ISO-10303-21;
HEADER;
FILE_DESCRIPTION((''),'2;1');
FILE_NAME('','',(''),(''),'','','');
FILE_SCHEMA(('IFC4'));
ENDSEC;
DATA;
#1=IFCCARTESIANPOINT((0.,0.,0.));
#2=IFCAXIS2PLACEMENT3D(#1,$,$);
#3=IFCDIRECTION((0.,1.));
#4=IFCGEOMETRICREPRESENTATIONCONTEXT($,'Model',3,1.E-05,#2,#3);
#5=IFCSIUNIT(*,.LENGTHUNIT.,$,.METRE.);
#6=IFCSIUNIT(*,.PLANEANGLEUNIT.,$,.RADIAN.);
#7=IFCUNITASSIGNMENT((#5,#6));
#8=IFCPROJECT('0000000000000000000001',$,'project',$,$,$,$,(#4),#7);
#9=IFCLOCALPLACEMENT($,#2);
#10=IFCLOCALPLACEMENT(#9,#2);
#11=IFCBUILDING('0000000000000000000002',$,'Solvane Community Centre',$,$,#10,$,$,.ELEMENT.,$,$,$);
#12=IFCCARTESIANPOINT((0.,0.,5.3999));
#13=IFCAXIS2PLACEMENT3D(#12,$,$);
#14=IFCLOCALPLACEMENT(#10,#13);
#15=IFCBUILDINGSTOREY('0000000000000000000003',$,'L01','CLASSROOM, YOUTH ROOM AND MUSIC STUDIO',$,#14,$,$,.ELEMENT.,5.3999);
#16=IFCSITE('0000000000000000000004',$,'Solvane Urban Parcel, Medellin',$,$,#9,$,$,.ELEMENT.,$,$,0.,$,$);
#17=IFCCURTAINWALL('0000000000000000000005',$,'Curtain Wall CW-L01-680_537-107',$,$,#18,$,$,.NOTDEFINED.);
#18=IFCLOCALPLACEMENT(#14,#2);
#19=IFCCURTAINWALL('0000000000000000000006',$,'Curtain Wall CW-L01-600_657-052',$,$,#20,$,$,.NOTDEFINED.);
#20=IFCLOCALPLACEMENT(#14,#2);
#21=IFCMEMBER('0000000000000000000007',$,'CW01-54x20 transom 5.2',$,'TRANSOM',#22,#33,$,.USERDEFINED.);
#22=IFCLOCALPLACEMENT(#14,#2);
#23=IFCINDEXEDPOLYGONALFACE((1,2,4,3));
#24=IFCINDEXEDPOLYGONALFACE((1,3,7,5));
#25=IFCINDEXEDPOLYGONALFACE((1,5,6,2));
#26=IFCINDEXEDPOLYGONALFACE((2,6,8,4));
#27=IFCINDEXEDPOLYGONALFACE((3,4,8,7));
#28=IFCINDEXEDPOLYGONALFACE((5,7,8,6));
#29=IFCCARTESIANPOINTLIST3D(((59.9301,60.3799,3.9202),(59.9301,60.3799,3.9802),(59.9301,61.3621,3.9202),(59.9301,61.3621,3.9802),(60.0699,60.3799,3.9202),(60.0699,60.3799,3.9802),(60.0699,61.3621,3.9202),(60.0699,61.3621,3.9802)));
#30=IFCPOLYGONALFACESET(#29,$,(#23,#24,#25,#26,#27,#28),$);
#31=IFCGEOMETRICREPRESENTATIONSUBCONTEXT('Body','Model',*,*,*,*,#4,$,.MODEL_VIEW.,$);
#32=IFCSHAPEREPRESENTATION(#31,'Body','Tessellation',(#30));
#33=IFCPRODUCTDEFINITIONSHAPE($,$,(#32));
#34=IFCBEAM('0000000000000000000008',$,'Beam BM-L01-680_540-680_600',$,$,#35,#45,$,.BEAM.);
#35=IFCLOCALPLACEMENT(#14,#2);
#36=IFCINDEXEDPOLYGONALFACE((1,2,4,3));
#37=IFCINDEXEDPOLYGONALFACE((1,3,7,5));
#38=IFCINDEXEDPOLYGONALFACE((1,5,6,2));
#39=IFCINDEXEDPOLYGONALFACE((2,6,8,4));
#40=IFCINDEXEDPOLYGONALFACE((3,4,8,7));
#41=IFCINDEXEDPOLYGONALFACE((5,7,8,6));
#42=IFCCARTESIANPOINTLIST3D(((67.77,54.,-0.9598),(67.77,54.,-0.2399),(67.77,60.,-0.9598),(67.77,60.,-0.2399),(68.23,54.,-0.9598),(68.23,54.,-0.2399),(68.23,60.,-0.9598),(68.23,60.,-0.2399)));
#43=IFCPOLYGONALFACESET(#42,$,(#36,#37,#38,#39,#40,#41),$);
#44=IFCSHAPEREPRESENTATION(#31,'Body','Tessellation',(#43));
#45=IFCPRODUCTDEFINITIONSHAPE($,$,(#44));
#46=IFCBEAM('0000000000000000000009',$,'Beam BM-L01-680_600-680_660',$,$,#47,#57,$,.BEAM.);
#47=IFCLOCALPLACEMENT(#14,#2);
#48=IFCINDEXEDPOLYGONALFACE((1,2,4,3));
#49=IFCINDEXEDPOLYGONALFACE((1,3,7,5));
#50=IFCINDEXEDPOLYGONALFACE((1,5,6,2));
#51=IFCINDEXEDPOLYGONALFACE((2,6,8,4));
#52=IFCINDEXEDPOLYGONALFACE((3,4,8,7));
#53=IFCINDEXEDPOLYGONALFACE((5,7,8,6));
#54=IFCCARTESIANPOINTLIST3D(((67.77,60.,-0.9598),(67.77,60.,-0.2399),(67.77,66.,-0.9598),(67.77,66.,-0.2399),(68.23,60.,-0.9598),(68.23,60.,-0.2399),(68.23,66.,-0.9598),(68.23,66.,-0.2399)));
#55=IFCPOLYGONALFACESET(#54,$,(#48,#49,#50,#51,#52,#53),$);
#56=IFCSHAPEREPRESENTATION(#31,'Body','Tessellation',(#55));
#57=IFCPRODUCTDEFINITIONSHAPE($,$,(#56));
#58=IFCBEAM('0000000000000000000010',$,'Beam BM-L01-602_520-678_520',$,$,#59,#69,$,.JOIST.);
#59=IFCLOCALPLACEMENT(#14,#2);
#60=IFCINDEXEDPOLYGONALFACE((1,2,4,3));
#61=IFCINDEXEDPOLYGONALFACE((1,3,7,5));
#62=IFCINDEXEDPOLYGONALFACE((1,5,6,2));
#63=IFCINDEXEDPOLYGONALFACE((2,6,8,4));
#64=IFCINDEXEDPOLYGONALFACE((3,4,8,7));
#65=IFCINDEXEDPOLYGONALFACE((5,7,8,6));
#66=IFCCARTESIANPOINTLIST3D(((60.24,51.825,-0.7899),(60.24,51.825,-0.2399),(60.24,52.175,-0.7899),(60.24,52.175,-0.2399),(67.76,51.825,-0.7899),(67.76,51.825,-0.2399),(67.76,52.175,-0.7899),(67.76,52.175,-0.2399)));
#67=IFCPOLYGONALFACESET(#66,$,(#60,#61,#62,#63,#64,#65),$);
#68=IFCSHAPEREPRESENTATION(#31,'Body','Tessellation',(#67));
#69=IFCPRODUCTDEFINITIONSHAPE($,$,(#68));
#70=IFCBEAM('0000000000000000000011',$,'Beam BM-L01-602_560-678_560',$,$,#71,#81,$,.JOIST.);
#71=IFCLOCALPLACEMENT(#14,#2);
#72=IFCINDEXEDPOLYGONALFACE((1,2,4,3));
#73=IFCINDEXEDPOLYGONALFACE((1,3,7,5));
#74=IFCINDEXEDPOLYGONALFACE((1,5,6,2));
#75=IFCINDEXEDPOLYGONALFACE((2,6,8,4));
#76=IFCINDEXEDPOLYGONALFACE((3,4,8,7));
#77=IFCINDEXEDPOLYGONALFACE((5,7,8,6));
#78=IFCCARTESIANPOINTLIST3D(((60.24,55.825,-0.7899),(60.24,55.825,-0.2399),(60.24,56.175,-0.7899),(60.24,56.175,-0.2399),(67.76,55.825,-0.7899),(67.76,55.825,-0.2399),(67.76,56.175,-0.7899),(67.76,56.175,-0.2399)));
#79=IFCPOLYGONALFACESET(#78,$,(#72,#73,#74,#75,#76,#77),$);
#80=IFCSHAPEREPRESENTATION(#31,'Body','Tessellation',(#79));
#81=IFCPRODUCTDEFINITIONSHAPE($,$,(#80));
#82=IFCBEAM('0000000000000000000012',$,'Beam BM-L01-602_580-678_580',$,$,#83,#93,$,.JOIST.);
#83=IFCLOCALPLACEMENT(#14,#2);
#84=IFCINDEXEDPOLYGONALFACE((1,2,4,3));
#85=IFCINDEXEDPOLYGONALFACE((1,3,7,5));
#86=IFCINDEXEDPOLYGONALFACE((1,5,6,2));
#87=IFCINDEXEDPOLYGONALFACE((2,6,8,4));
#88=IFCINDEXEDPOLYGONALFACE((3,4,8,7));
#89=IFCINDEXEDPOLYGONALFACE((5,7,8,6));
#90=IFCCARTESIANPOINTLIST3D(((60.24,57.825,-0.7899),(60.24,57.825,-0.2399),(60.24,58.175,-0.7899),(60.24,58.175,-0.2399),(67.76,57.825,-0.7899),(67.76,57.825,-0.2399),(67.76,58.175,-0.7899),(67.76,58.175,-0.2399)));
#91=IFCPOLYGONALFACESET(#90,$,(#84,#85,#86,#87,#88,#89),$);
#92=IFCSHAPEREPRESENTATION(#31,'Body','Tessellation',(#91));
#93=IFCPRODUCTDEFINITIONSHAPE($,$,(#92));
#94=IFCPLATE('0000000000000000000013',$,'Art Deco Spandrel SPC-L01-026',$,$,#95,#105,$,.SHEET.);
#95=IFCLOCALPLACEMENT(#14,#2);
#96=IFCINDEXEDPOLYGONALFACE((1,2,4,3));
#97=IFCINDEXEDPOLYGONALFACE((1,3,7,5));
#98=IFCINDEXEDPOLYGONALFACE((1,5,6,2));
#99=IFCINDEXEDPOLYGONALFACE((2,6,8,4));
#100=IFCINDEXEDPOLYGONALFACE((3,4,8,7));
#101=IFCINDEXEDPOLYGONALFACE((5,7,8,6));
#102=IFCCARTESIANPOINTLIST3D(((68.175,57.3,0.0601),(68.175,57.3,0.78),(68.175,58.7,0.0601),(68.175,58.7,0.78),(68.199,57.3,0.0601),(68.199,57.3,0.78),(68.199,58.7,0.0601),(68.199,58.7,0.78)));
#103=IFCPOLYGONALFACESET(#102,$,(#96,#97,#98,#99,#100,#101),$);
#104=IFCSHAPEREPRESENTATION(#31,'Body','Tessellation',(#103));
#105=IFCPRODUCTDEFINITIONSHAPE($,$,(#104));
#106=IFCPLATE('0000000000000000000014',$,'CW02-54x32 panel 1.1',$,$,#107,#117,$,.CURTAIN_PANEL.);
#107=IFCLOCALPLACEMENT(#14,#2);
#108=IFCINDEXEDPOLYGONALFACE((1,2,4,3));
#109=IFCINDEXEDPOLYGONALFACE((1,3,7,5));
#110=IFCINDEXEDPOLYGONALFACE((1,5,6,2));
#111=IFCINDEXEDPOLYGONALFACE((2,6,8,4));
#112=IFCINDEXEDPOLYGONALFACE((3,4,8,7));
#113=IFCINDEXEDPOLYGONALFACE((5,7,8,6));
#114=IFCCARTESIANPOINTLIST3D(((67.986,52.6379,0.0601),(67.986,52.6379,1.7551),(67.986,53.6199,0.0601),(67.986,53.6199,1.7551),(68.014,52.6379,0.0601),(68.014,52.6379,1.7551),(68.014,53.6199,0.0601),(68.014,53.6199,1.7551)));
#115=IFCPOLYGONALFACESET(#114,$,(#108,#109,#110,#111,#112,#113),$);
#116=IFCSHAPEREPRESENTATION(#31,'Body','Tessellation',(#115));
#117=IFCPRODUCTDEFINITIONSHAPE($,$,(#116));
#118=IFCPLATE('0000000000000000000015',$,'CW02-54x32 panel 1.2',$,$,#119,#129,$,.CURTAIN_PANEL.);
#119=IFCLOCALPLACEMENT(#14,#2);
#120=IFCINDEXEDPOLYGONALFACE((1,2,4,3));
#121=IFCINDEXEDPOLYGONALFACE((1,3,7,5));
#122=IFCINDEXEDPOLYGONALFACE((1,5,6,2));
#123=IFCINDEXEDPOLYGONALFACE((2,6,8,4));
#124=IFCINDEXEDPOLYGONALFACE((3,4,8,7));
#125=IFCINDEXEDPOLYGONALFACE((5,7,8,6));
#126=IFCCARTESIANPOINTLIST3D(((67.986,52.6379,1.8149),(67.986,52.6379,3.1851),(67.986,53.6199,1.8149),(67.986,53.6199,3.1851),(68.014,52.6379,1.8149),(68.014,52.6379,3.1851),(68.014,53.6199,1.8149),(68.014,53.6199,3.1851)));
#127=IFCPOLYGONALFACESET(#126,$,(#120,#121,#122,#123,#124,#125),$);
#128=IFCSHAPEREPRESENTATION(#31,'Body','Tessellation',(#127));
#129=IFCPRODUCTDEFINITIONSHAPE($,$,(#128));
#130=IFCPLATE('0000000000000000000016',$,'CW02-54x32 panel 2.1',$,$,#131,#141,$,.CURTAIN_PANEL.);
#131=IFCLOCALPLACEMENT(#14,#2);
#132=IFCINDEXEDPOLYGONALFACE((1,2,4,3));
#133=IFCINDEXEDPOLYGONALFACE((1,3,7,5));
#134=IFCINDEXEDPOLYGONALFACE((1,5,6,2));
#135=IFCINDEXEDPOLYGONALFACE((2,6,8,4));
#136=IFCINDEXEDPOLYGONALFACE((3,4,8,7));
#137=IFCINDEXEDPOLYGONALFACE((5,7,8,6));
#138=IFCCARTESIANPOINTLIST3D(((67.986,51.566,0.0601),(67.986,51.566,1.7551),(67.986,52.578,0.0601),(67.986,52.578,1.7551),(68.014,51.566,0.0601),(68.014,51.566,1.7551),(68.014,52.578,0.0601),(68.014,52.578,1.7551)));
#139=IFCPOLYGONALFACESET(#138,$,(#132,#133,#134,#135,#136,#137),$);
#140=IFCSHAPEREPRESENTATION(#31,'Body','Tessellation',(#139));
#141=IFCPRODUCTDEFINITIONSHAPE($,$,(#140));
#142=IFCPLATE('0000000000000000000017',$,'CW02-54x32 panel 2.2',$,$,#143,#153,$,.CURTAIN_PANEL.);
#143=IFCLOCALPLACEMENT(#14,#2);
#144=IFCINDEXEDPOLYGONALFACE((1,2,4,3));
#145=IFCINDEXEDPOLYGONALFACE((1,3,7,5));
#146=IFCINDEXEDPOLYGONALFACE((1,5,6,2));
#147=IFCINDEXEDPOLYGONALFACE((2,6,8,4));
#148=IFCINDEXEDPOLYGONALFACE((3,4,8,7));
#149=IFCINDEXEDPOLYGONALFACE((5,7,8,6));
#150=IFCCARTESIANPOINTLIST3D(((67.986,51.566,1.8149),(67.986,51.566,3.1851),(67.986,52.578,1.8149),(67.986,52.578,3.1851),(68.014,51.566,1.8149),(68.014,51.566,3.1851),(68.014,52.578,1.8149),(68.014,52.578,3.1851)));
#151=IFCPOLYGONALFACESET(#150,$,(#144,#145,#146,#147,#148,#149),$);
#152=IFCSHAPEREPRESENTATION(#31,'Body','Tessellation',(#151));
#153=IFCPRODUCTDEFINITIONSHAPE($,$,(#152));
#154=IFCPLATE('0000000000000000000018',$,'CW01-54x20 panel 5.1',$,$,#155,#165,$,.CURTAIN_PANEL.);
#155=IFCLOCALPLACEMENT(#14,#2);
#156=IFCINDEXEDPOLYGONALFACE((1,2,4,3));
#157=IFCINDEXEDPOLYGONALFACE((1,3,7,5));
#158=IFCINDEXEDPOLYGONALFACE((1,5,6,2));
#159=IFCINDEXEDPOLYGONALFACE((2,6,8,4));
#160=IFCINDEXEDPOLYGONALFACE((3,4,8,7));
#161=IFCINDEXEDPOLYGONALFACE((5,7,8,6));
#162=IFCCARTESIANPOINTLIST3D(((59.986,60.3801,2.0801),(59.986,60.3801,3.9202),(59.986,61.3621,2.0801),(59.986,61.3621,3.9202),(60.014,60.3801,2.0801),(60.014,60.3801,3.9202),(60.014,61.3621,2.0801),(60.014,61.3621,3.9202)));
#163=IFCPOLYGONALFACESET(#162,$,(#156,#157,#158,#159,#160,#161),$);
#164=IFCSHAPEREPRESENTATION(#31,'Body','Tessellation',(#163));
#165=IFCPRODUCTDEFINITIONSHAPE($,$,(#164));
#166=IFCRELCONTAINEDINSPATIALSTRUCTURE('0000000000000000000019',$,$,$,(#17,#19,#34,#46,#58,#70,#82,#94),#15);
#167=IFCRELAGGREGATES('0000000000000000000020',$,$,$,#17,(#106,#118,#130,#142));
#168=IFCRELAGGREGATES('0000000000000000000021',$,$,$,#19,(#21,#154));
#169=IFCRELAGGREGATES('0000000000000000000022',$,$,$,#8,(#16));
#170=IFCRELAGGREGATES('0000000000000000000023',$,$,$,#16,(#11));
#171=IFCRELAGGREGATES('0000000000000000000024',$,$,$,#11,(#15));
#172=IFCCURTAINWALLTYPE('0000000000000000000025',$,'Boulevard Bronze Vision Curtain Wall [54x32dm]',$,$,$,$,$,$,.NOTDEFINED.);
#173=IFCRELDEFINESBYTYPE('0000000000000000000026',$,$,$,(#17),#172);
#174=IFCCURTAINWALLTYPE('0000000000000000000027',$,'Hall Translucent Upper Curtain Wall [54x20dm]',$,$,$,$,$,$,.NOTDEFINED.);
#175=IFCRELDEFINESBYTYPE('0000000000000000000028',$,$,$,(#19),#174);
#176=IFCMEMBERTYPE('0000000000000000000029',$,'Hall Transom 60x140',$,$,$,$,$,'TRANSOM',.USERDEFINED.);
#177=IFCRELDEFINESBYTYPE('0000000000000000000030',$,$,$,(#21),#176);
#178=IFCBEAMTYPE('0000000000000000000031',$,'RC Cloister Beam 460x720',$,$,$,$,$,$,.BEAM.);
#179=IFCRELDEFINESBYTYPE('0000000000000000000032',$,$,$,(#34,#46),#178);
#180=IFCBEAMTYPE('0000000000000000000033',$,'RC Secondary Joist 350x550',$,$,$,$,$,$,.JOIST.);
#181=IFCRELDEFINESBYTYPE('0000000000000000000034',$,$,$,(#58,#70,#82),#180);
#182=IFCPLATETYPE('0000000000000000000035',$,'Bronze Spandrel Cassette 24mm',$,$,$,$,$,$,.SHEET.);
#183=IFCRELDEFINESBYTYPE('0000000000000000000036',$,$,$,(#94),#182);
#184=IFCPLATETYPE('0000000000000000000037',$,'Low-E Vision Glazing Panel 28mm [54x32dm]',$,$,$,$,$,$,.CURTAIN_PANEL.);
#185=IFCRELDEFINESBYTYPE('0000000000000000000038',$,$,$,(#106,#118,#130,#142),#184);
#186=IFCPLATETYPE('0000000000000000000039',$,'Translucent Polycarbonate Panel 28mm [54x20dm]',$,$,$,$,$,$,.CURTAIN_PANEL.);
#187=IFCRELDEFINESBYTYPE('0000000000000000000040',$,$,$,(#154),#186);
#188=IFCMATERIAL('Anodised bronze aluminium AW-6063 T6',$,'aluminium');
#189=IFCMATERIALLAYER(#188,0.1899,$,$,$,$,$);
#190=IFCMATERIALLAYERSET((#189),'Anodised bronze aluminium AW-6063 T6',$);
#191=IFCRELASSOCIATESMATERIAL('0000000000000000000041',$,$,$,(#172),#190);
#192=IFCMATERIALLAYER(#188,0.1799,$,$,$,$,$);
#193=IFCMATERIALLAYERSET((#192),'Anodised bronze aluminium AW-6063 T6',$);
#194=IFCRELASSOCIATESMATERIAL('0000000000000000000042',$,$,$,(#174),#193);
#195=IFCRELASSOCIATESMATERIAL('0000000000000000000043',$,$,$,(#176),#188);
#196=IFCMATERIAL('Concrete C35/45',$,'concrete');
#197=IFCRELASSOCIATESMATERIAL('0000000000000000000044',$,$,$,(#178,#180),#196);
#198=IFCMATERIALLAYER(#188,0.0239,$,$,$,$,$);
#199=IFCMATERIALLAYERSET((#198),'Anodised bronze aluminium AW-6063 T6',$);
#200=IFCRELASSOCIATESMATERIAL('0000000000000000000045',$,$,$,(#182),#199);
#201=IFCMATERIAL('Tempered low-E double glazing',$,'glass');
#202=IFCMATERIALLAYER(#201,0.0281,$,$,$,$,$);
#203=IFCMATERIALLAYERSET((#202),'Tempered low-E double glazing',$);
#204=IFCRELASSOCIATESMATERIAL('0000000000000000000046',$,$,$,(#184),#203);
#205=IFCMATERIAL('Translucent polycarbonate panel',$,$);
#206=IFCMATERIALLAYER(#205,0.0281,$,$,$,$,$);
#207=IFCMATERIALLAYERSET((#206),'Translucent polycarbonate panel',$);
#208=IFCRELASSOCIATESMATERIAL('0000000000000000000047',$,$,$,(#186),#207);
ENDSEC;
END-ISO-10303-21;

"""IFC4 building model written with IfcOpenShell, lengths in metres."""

from ifc_helpers import new_model, si_unit, direction, frame, origin, origin_2d, place, context, subcontext, project, spatial, rectangle, extrude, material, layer, layer_set, material_profile, profile_set, type_object, element, aggregate, save


model = new_model("IFC4")

# Units and contexts
model_context = context("Model", 3, precision=1e-05, world=origin(), true_north=direction((0.0, 1.0)))
body_context = subcontext(model_context, "Body", "Model", "MODEL_VIEW")
ifc_project = project(units=[si_unit("LENGTHUNIT", "METRE"), si_unit("PLANEANGLEUNIT", "RADIAN")], contexts=[model_context])

# Site, building, storey
site_placement = place(None, origin())
site = spatial("IfcSite", under=ifc_project, at=site_placement, Name="Solvane Urban Parcel, Medellin", CompositionType="ELEMENT", RefElevation=0.0)
building_placement = place(site_placement, origin())
building = spatial("IfcBuilding", under=site, at=building_placement, Name="Solvane Community Centre", CompositionType="ELEMENT")
storey_placement = place(building_placement, frame((0.0, 0.0, 5.3999)))
storey = spatial("IfcBuildingStorey", under=building, at=storey_placement, Name="L01", Description="CLASSROOM, YOUTH ROOM AND MUSIC STUDIO", CompositionType="ELEMENT", Elevation=5.3999)

# Shared definitions
ifc_material_1 = material(Name="Concrete C35/45", Category="concrete")

# Curtain walls, member
ifc_material_2 = material(Name="Anodised bronze aluminium AW-6063 T6", Category="aluminium")
ifc_layer_1 = layer(ifc_material_2, 0.1899)
ifc_layer_set_1 = layer_set([ifc_layer_1], Name="Anodised bronze aluminium AW-6063 T6")
curtain_wall_type_1 = type_object("IfcCurtainWallType", Name="Boulevard Bronze Vision Curtain Wall [54x32dm]", PredefinedType="NOTDEFINED", material=ifc_layer_set_1)
curtain_wall_1_placement = place(storey_placement, origin())
curtain_wall_1 = element("IfcCurtainWall", 1, at=curtain_wall_1_placement, inside=storey, type_object=curtain_wall_type_1, Name="Curtain Wall CW-L01-680_537-107", PredefinedType="NOTDEFINED")
ifc_layer_2 = layer(ifc_material_2, 0.1799)
ifc_layer_set_2 = layer_set([ifc_layer_2], Name="Anodised bronze aluminium AW-6063 T6")
curtain_wall_type_2 = type_object("IfcCurtainWallType", Name="Hall Translucent Upper Curtain Wall [54x20dm]", PredefinedType="NOTDEFINED", material=ifc_layer_set_2)
curtain_wall_2_placement = place(storey_placement, origin())
curtain_wall_2 = element("IfcCurtainWall", 2, at=curtain_wall_2_placement, inside=storey, type_object=curtain_wall_type_2, Name="Curtain Wall CW-L01-600_657-052", PredefinedType="NOTDEFINED")
ifc_material_profile_1 = material_profile(ifc_material_2, rectangle(XDim=0.1399, YDim=0.0601, at=origin_2d()), Name="CW-T 60x140")
ifc_profile_set_1 = profile_set([ifc_material_profile_1], Name="Anodised bronze aluminium AW-6063 T6")
member_type_1 = type_object("IfcMemberType", Name="Hall Transom 60x140", ElementType="TRANSOM", PredefinedType="USERDEFINED", material=ifc_profile_set_1)
member_1_placement = place(storey_placement, frame((60.0, 61.3621, 3.9502), z_axis=(0.0, -1.0, 0.0), x_axis=(1.0, 0.0, 0.0)))
member_1 = element("IfcMember", 3, at=member_1_placement, type_object=member_type_1, Name="CW01-54x20 transom 5.2", ObjectType="TRANSOM", PredefinedType="USERDEFINED", context=body_context, shape_type="SweptSolid", body=[
    extrude(rectangle(XDim=0.1399, YDim=0.0601, at=origin_2d()), origin(), (0.0, 0.0, 1.0), 0.9822),
])

# Beams
ifc_material_profile_2 = material_profile(ifc_material_1, rectangle(XDim=0.46, YDim=0.72, at=origin_2d()), Name="RC 460x720")
ifc_profile_set_2 = profile_set([ifc_material_profile_2], Name="Concrete C35/45")
beam_type_1 = type_object("IfcBeamType", Name="RC Cloister Beam 460x720", PredefinedType="BEAM", material=ifc_profile_set_2)
for number, where, z_axis, x_axis, name in (
    (4, (68.0, 54.0, -0.5999), (0.0, 1.0, 0.0), (-1.0, 0.0, 0.0), "Beam BM-L01-680_540-680_600"),
    (5, (68.0, 60.0, -0.5999), (0.0, 1.0, 0.0), (-1.0, 0.0, 0.0), "Beam BM-L01-680_600-680_660"),
):
    element("IfcBeam", number, at=place(storey_placement, frame(where, z_axis=z_axis, x_axis=x_axis)), inside=storey, type_object=beam_type_1, Name=name, PredefinedType="BEAM", context=body_context, shape_type="SweptSolid", body=[
        extrude(rectangle(XDim=0.46, YDim=0.72, at=origin_2d()), origin(), (0.0, 0.0, 1.0), 6.0),
    ])
ifc_material_profile_3 = material_profile(ifc_material_1, rectangle(XDim=0.3501, YDim=0.55, at=origin_2d()), Name="RC 350x550")
ifc_profile_set_3 = profile_set([ifc_material_profile_3], Name="Concrete C35/45")
beam_type_2 = type_object("IfcBeamType", Name="RC Secondary Joist 350x550", PredefinedType="JOIST", material=ifc_profile_set_3)
for number, where, z_axis, x_axis, name in (
    (6, (60.24, 52.0, -0.5149), (1.0, 0.0, 0.0), (0.0, 1.0, 0.0), "Beam BM-L01-602_520-678_520"),
    (7, (60.24, 56.0, -0.5149), (1.0, 0.0, 0.0), (0.0, 1.0, 0.0), "Beam BM-L01-602_560-678_560"),
    (8, (60.24, 58.0, -0.5149), (1.0, 0.0, 0.0), (0.0, 1.0, 0.0), "Beam BM-L01-602_580-678_580"),
):
    element("IfcBeam", number, at=place(storey_placement, frame(where, z_axis=z_axis, x_axis=x_axis)), inside=storey, type_object=beam_type_2, Name=name, PredefinedType="JOIST", context=body_context, shape_type="SweptSolid", body=[
        extrude(rectangle(XDim=0.3501, YDim=0.55, at=origin_2d()), origin(), (0.0, 0.0, 1.0), 7.52),
    ])

# Plates
ifc_layer_3 = layer(ifc_material_2, 0.0239)
ifc_layer_set_3 = layer_set([ifc_layer_3], Name="Anodised bronze aluminium AW-6063 T6")
plate_type_1 = type_object("IfcPlateType", Name="Bronze Spandrel Cassette 24mm", PredefinedType="SHEET", material=ifc_layer_set_3)
plate_1_placement = place(storey_placement, frame((68.187, 58.0, 0.0601), z_axis=(0.0, 0.0, 1.0), x_axis=(0.0, -1.0, 0.0)))
element("IfcPlate", 9, at=plate_1_placement, inside=storey, type_object=plate_type_1, Name="Art Deco Spandrel SPC-L01-026", PredefinedType="SHEET", context=body_context, shape_type="SweptSolid", body=[
    extrude(rectangle(XDim=1.3999, YDim=0.0239, at=origin_2d()), origin(), (0.0, 0.0, 1.0), 0.72),
])
ifc_material_3 = material(Name="Tempered low-E double glazing", Category="glass")
ifc_layer_4 = layer(ifc_material_3, 0.0281)
ifc_layer_set_4 = layer_set([ifc_layer_4], Name="Tempered low-E double glazing")
plate_type_2 = type_object("IfcPlateType", Name="Low-E Vision Glazing Panel 28mm [54x32dm]", PredefinedType="CURTAIN_PANEL", material=ifc_layer_set_4)
plate_2_placement = place(storey_placement, frame((68.0, 53.1289, 0.0601), z_axis=(0.0, 0.0, 1.0), x_axis=(0.0, -1.0, 0.0)))
plate_2 = element("IfcPlate", 10, at=plate_2_placement, type_object=plate_type_2, Name="CW02-54x32 panel 1.1", PredefinedType="CURTAIN_PANEL", context=body_context, shape_type="SweptSolid", body=[
    extrude(rectangle(XDim=0.9819, YDim=0.0281, at=origin_2d()), origin(), (0.0, 0.0, 1.0), 1.6951),
])
plate_3_placement = place(storey_placement, frame((68.0, 53.1289, 1.8149), z_axis=(0.0, 0.0, 1.0), x_axis=(0.0, -1.0, 0.0)))
plate_3 = element("IfcPlate", 11, at=plate_3_placement, type_object=plate_type_2, Name="CW02-54x32 panel 1.2", PredefinedType="CURTAIN_PANEL", context=body_context, shape_type="SweptSolid", body=[
    extrude(rectangle(XDim=0.9819, YDim=0.0281, at=origin_2d()), origin(), (0.0, 0.0, 1.0), 1.3701),
])
plate_4_placement = place(storey_placement, frame((68.0, 52.072, 0.0601), z_axis=(0.0, 0.0, 1.0), x_axis=(0.0, -1.0, 0.0)))
plate_4 = element("IfcPlate", 12, at=plate_4_placement, type_object=plate_type_2, Name="CW02-54x32 panel 2.1", PredefinedType="CURTAIN_PANEL", context=body_context, shape_type="SweptSolid", body=[
    extrude(rectangle(XDim=1.012, YDim=0.0281, at=origin_2d()), origin(), (0.0, 0.0, 1.0), 1.6951),
])
plate_5_placement = place(storey_placement, frame((68.0, 52.072, 1.8149), z_axis=(0.0, 0.0, 1.0), x_axis=(0.0, -1.0, 0.0)))
plate_5 = element("IfcPlate", 13, at=plate_5_placement, type_object=plate_type_2, Name="CW02-54x32 panel 2.2", PredefinedType="CURTAIN_PANEL", context=body_context, shape_type="SweptSolid", body=[
    extrude(rectangle(XDim=1.012, YDim=0.0281, at=origin_2d()), origin(), (0.0, 0.0, 1.0), 1.3701),
])
aggregate(curtain_wall_1, [plate_2, plate_3, plate_4, plate_5])
ifc_material_4 = material(Name="Translucent polycarbonate panel")
ifc_layer_5 = layer(ifc_material_4, 0.0281)
ifc_layer_set_5 = layer_set([ifc_layer_5], Name="Translucent polycarbonate panel")
plate_type_3 = type_object("IfcPlateType", Name="Translucent Polycarbonate Panel 28mm [54x20dm]", PredefinedType="CURTAIN_PANEL", material=ifc_layer_set_5)
plate_6_placement = place(storey_placement, frame((60.0, 60.8711, 2.0801), z_axis=(0.0, 0.0, 1.0), x_axis=(0.0, -1.0, 0.0)))
plate_6 = element("IfcPlate", 14, at=plate_6_placement, type_object=plate_type_3, Name="CW01-54x20 panel 5.1", PredefinedType="CURTAIN_PANEL", context=body_context, shape_type="SweptSolid", body=[
    extrude(rectangle(XDim=0.9819, YDim=0.0281, at=origin_2d()), origin(), (0.0, 0.0, 1.0), 1.8401),
])
aggregate(curtain_wall_2, [member_1, plate_6])

save(model, "model.ifc")
